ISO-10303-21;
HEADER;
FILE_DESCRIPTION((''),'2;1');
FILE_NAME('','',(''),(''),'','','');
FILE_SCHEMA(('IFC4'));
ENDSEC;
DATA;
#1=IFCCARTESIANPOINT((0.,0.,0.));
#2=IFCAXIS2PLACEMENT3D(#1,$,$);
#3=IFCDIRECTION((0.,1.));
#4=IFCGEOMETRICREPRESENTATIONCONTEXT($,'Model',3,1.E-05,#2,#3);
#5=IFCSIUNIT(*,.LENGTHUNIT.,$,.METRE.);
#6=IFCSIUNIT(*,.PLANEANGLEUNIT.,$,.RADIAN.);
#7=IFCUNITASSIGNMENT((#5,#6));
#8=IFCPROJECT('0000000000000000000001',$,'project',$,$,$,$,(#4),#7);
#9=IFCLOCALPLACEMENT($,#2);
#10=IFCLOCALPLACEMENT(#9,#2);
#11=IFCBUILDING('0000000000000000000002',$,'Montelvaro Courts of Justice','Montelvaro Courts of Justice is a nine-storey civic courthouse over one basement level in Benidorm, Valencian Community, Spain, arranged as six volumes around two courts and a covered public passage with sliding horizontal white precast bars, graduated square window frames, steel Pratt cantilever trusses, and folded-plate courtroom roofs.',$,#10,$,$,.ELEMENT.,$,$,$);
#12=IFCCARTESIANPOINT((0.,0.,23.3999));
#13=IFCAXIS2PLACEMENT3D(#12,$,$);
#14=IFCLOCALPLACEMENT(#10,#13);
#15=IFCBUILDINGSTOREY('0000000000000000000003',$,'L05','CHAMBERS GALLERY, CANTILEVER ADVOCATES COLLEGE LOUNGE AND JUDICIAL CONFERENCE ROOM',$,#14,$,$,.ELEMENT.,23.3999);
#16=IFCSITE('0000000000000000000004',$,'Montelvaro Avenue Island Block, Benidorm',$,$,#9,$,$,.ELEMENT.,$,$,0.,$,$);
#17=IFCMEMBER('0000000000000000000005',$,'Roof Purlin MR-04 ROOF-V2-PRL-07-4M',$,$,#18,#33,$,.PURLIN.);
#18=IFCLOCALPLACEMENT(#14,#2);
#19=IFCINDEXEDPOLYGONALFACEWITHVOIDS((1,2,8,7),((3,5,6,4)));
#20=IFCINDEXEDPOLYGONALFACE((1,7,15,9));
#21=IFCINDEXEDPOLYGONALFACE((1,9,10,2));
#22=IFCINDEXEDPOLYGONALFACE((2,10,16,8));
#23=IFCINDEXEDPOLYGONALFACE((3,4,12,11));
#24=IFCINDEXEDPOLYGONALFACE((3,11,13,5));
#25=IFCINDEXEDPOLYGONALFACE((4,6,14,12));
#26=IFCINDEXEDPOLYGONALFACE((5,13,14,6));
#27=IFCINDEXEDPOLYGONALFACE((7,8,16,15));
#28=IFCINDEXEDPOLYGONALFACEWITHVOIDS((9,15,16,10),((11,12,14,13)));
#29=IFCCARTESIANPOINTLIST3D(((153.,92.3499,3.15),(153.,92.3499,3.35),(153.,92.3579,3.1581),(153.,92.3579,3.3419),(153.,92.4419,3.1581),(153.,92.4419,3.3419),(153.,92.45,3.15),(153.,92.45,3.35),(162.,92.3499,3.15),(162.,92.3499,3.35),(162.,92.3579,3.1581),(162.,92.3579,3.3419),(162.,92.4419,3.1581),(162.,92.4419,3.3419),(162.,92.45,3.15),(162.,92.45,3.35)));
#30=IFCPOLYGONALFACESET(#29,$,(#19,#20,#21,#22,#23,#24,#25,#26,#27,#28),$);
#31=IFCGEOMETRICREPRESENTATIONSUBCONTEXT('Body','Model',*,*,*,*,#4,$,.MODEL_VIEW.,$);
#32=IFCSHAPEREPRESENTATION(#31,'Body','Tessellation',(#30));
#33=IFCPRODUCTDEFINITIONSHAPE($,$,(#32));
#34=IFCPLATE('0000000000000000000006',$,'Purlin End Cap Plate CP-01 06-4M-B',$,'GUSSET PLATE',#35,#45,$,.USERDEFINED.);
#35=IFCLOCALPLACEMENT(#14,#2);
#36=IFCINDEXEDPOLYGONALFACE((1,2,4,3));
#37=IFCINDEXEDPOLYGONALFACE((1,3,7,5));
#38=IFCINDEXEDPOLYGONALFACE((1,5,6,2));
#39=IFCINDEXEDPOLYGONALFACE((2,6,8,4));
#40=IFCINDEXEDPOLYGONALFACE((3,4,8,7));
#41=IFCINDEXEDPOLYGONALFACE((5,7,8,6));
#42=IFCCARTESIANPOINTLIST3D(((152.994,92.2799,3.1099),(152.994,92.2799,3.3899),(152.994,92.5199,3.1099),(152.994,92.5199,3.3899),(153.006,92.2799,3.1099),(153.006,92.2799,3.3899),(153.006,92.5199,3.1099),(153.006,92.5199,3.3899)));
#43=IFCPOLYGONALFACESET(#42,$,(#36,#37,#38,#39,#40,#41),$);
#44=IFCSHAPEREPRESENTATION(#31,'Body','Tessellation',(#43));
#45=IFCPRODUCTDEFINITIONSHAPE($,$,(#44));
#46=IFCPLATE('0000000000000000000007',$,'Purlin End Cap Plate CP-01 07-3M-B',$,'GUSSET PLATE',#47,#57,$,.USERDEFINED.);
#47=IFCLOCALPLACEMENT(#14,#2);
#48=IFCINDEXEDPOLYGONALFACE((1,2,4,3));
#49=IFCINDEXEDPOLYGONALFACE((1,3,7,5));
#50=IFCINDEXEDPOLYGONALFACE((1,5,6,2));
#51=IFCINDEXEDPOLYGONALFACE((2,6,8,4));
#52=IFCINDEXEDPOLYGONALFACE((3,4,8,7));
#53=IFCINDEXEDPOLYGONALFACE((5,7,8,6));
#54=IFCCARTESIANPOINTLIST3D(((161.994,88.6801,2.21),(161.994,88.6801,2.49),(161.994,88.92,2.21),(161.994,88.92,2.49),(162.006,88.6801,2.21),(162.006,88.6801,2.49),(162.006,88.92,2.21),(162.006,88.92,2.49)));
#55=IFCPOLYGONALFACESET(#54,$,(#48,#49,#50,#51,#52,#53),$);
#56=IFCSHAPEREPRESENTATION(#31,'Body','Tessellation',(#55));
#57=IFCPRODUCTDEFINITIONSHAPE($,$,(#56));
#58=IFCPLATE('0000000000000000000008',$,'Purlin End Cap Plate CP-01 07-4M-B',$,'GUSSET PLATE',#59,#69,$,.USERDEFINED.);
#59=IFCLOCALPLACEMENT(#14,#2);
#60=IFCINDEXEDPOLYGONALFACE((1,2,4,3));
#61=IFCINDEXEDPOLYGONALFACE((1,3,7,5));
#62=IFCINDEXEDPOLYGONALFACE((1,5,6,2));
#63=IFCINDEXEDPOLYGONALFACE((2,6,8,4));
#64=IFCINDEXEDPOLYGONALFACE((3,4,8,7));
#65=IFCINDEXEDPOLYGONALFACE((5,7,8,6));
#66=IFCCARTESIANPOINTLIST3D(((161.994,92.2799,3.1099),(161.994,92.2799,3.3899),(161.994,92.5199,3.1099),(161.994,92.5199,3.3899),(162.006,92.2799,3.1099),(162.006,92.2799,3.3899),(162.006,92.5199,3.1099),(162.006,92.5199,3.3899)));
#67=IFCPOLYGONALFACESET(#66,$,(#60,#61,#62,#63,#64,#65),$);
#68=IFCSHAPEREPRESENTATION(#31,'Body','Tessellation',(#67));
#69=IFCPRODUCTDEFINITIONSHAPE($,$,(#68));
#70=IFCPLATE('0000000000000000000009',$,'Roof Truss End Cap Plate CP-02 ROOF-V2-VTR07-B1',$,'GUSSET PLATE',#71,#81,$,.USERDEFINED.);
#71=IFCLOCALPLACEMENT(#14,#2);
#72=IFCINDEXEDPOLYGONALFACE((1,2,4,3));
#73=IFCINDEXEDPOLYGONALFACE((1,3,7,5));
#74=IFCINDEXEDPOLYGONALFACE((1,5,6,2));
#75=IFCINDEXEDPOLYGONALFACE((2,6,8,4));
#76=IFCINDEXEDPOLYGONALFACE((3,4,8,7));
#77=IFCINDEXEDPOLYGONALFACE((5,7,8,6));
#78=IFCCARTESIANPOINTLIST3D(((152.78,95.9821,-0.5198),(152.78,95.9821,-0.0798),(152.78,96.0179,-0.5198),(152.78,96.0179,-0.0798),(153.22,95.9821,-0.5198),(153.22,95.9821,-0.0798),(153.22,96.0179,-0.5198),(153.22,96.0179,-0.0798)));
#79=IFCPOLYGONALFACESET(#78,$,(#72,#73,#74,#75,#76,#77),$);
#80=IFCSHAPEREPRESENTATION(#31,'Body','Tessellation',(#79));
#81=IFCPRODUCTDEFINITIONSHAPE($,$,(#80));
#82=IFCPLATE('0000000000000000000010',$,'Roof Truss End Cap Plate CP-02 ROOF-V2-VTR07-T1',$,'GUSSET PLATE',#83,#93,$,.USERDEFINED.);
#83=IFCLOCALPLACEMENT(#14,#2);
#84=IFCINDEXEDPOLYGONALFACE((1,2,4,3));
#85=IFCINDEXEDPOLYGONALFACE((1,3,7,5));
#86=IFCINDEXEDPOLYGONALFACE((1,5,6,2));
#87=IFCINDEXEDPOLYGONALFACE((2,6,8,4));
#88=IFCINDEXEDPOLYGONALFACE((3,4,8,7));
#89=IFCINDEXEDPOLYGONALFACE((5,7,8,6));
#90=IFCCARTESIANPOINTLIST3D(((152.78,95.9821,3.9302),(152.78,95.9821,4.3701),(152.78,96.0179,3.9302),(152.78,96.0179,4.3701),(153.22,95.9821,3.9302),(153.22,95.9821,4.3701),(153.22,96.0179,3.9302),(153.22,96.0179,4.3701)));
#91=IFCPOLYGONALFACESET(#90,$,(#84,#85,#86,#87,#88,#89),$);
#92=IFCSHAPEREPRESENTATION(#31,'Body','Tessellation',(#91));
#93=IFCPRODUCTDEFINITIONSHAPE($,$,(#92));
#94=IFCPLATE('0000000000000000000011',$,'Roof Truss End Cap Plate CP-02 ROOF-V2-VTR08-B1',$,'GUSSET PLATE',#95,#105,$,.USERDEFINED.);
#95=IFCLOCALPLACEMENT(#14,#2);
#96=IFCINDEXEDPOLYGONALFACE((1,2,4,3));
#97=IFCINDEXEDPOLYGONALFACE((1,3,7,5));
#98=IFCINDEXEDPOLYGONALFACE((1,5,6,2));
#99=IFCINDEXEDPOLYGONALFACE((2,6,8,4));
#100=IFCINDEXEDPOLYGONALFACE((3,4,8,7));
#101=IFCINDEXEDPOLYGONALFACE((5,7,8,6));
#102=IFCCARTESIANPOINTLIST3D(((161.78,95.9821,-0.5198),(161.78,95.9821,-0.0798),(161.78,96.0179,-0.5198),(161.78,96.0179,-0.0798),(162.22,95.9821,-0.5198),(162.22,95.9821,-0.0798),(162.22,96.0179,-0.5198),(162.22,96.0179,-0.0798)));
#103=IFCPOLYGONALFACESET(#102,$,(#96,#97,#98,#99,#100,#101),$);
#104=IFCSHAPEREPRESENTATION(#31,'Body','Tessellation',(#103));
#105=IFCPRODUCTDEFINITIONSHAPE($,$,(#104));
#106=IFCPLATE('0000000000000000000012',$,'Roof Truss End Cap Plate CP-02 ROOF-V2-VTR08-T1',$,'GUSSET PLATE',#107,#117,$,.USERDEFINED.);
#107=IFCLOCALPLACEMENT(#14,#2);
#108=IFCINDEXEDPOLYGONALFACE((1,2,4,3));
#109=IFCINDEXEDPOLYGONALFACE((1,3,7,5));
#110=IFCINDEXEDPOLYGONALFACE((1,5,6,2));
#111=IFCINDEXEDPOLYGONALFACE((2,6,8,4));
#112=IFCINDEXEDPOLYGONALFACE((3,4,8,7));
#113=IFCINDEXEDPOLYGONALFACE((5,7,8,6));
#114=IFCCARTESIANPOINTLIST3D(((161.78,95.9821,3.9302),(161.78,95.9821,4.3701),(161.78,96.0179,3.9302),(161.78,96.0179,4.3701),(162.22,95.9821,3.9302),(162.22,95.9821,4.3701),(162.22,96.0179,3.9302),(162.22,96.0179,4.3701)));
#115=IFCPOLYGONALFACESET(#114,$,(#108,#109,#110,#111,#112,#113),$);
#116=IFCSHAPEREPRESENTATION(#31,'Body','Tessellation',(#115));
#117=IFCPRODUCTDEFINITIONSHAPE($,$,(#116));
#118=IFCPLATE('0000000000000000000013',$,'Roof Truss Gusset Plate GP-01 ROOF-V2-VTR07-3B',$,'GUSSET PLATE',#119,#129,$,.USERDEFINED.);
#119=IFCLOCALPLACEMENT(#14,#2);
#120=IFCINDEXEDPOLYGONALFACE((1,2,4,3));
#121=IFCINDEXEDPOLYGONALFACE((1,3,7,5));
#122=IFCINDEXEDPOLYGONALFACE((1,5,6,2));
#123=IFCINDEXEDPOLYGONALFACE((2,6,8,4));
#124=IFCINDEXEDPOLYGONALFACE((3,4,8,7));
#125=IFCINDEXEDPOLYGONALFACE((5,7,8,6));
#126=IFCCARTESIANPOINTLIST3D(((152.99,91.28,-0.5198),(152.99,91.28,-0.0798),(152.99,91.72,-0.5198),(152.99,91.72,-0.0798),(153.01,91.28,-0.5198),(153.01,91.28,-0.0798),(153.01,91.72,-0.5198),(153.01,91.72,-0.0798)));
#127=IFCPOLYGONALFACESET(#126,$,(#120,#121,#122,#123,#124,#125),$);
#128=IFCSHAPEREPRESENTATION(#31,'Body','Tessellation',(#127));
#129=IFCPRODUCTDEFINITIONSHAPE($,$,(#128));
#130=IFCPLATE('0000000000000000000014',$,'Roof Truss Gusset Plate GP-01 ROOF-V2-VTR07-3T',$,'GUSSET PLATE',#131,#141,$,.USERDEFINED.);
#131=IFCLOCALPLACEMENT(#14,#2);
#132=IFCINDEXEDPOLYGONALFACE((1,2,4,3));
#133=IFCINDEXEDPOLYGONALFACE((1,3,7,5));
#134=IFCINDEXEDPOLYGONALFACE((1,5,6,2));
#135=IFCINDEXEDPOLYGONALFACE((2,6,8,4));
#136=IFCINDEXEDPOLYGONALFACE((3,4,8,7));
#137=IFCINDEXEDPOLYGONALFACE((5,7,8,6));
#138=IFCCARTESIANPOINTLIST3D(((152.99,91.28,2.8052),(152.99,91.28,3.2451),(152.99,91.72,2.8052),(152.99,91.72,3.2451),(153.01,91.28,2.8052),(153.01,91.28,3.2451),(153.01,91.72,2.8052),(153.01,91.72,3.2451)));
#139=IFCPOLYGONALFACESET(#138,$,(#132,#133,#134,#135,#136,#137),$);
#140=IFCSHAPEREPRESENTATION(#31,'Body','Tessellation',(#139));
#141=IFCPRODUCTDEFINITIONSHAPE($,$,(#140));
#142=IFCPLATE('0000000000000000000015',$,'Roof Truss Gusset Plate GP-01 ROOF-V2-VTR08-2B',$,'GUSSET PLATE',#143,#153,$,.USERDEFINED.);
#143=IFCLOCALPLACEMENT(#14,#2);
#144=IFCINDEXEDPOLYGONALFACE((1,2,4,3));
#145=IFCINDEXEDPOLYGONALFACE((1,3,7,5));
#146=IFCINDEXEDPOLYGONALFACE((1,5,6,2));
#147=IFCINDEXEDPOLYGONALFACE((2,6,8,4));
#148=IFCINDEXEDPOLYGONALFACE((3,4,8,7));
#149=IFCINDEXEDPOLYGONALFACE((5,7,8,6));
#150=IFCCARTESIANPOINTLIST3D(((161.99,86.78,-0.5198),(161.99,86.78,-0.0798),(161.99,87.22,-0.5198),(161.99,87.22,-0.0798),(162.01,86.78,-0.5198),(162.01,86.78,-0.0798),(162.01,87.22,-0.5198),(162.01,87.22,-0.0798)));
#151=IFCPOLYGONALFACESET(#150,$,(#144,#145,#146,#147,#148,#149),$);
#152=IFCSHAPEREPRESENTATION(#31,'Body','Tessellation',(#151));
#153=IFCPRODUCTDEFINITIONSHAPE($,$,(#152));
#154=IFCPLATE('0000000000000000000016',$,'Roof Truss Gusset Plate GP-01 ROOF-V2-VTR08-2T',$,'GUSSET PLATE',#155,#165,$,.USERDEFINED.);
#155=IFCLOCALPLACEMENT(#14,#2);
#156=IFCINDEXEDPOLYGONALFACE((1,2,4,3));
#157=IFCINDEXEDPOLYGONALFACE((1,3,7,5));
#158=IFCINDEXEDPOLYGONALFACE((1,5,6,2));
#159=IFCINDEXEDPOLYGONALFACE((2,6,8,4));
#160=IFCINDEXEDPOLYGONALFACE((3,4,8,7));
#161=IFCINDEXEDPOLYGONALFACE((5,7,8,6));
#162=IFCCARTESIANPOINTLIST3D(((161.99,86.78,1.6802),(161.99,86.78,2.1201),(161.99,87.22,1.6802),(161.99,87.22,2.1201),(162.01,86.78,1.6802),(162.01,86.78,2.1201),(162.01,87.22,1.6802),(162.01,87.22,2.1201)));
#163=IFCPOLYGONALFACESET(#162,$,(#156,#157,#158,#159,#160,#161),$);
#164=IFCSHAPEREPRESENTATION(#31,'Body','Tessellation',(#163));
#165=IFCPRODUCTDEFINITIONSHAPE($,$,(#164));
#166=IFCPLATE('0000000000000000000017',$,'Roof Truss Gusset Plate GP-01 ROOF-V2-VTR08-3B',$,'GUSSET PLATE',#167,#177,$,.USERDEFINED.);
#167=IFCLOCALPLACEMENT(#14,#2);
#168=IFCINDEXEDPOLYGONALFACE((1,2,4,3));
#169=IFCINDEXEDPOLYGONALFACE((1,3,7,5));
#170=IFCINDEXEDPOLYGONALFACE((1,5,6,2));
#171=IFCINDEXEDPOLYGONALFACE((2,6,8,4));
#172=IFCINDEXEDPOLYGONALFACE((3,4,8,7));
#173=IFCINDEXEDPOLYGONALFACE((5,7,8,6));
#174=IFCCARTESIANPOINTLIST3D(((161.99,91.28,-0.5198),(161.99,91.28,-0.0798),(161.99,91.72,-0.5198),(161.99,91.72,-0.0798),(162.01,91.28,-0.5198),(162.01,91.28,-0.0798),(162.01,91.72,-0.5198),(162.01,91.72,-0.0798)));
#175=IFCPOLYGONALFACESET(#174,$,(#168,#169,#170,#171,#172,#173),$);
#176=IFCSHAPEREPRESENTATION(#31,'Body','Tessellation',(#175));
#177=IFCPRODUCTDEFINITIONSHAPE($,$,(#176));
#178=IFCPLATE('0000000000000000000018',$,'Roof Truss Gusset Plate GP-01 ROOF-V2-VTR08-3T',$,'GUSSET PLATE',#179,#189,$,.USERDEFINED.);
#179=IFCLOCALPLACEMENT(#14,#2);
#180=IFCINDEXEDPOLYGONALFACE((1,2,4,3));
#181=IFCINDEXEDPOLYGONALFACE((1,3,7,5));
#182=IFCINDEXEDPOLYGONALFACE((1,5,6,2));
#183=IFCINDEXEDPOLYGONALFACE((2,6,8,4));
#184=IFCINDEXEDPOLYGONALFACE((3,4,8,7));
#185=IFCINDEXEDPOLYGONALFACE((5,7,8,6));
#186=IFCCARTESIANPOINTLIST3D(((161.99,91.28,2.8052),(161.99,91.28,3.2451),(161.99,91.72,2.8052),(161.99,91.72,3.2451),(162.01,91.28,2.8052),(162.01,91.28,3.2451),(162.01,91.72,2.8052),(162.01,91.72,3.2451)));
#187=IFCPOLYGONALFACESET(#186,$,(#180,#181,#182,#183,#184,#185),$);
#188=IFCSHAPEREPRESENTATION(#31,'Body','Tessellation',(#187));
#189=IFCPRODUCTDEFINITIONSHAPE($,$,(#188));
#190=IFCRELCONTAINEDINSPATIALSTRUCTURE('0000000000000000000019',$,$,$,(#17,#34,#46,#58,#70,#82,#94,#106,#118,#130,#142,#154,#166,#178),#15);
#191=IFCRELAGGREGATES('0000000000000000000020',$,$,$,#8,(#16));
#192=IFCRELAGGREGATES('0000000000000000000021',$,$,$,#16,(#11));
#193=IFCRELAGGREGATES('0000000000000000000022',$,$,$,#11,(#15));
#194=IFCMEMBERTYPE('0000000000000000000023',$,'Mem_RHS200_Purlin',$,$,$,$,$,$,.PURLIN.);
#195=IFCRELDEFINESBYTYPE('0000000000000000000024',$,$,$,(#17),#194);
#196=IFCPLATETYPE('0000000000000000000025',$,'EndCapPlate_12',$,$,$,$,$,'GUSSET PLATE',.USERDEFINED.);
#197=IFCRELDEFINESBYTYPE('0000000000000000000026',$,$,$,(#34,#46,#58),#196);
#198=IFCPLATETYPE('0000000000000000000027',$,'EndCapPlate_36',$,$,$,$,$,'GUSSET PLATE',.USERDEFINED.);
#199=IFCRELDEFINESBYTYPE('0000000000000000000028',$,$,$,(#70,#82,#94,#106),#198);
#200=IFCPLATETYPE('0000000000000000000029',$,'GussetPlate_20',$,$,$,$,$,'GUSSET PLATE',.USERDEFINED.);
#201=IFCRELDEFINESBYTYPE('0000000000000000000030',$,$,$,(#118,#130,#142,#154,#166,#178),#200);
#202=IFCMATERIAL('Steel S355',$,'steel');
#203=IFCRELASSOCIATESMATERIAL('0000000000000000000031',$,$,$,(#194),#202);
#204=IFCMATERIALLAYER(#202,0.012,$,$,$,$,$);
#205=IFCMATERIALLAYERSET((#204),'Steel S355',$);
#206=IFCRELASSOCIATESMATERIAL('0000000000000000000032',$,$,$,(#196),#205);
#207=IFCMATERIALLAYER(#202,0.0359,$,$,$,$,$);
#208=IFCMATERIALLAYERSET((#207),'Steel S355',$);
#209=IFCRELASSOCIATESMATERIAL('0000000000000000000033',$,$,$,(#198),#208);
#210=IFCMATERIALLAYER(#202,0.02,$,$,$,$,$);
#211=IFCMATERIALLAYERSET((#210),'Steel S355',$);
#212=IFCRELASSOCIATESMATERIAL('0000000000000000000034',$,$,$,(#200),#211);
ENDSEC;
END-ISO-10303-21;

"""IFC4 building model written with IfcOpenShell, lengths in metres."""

from ifc_helpers import new_model, si_unit, direction, frame, origin, origin_2d, place, context, subcontext, project, spatial, rectangle, hollow_rectangle, extrude, material, layer, layer_set, material_profile, profile_set, type_object, element, save


model = new_model("IFC4")

# Units and contexts
model_context = context("Model", 3, precision=1e-05, world=origin(), true_north=direction((0.0, 1.0)))
body_context = subcontext(model_context, "Body", "Model", "MODEL_VIEW")
ifc_project = project(units=[si_unit("LENGTHUNIT", "METRE"), si_unit("PLANEANGLEUNIT", "RADIAN")], contexts=[model_context])

# Site, building, storey
site_placement = place(None, origin())
site = spatial("IfcSite", under=ifc_project, at=site_placement, Name="Montelvaro Avenue Island Block, Benidorm", CompositionType="ELEMENT", RefElevation=0.0)
building_placement = place(site_placement, origin())
building = spatial("IfcBuilding", under=site, at=building_placement, Name="Montelvaro Courts of Justice", Description="Montelvaro Courts of Justice is a nine-storey civic courthouse over one basement level in Benidorm, Valencian Community, Spain, arranged as six volumes around two courts and a covered public passage with sliding horizontal white precast bars, graduated square window frames, steel Pratt cantilever trusses, and folded-plate courtroom roofs.", CompositionType="ELEMENT")
storey_placement = place(building_placement, frame((0.0, 0.0, 23.3999)))
storey = spatial("IfcBuildingStorey", under=building, at=storey_placement, Name="L05", Description="CHAMBERS GALLERY, CANTILEVER ADVOCATES COLLEGE LOUNGE AND JUDICIAL CONFERENCE ROOM", CompositionType="ELEMENT", Elevation=23.3999)

# Member
ifc_material = material(Name="Steel S355", Category="steel")
ifc_material_profile_1 = material_profile(ifc_material, hollow_rectangle(XDim=0.1001, YDim=0.2, WallThickness=0.0081, at=origin_2d()), Name="RHS 200x100x8")
ifc_profile_set_1 = profile_set([ifc_material_profile_1], Name="Steel S355")
member_type_1 = type_object("IfcMemberType", Name="Mem_RHS200_Purlin", PredefinedType="PURLIN", material=ifc_profile_set_1)
member_1_placement = place(storey_placement, frame((153.0, 92.3999, 3.25), z_axis=(1.0, 0.0, 0.0), x_axis=(0.0, 1.0, 0.0)))
element("IfcMember", 1, at=member_1_placement, inside=storey, type_object=member_type_1, Name="Roof Purlin MR-04 ROOF-V2-PRL-07-4M", PredefinedType="PURLIN", context=body_context, shape_type="SweptSolid", body=[
    extrude(hollow_rectangle(XDim=0.1001, YDim=0.2, WallThickness=0.0081, at=origin_2d()), origin(), (0.0, 0.0, 1.0), 9.0),
])

# Plates
ifc_layer_1 = layer(ifc_material, 0.012)
ifc_layer_set_1 = layer_set([ifc_layer_1], Name="Steel S355")
plate_type_1 = type_object("IfcPlateType", Name="EndCapPlate_12", ElementType="GUSSET PLATE", PredefinedType="USERDEFINED", material=ifc_layer_set_1)
for number, where, z_axis, x_axis, name in (
    (2, (153.0, 92.3999, 3.1099), (0.0, 0.0, 1.0), (1.0, 0.0, 0.0), "Purlin End Cap Plate CP-01 06-4M-B"),
    (3, (162.0, 88.8, 2.21), (0.0, 0.0, 1.0), (1.0, 0.0, 0.0), "Purlin End Cap Plate CP-01 07-3M-B"),
    (4, (162.0, 92.3999, 3.1099), (0.0, 0.0, 1.0), (1.0, 0.0, 0.0), "Purlin End Cap Plate CP-01 07-4M-B"),
):
    element("IfcPlate", number, at=place(storey_placement, frame(where, z_axis=z_axis, x_axis=x_axis)), inside=storey, type_object=plate_type_1, Name=name, ObjectType="GUSSET PLATE", PredefinedType="USERDEFINED", context=body_context, shape_type="SweptSolid", body=[
        extrude(rectangle(XDim=0.012, YDim=0.24, at=origin_2d()), origin(), (0.0, 0.0, 1.0), 0.28),
    ])
ifc_layer_2 = layer(ifc_material, 0.0359)
ifc_layer_set_2 = layer_set([ifc_layer_2], Name="Steel S355")
plate_type_2 = type_object("IfcPlateType", Name="EndCapPlate_36", ElementType="GUSSET PLATE", PredefinedType="USERDEFINED", material=ifc_layer_set_2)
for number, where, z_axis, x_axis, name in (
    (5, (153.0, 96.0, -0.5198), (0.0, 0.0, 1.0), (1.0, 0.0, 0.0), "Roof Truss End Cap Plate CP-02 ROOF-V2-VTR07-B1"),
    (6, (153.0, 96.0, 3.9302), (0.0, 0.0, 1.0), (1.0, 0.0, 0.0), "Roof Truss End Cap Plate CP-02 ROOF-V2-VTR07-T1"),
    (7, (162.0, 96.0, -0.5198), (0.0, 0.0, 1.0), (1.0, 0.0, 0.0), "Roof Truss End Cap Plate CP-02 ROOF-V2-VTR08-B1"),
    (8, (162.0, 96.0, 3.9302), (0.0, 0.0, 1.0), (1.0, 0.0, 0.0), "Roof Truss End Cap Plate CP-02 ROOF-V2-VTR08-T1"),
):
    element("IfcPlate", number, at=place(storey_placement, frame(where, z_axis=z_axis, x_axis=x_axis)), inside=storey, type_object=plate_type_2, Name=name, ObjectType="GUSSET PLATE", PredefinedType="USERDEFINED", context=body_context, shape_type="SweptSolid", body=[
        extrude(rectangle(XDim=0.4399, YDim=0.0359, at=origin_2d()), origin(), (0.0, 0.0, 1.0), 0.4399),
    ])
ifc_layer_3 = layer(ifc_material, 0.02)
ifc_layer_set_3 = layer_set([ifc_layer_3], Name="Steel S355")
plate_type_3 = type_object("IfcPlateType", Name="GussetPlate_20", ElementType="GUSSET PLATE", PredefinedType="USERDEFINED", material=ifc_layer_set_3)
for number, where, z_axis, x_axis, name in (
    (9, (153.0, 91.5, -0.5198), (0.0, 0.0, 1.0), (1.0, 0.0, 0.0), "Roof Truss Gusset Plate GP-01 ROOF-V2-VTR07-3B"),
    (10, (153.0, 91.5, 2.8052), (0.0, 0.0, 1.0), (1.0, 0.0, 0.0), "Roof Truss Gusset Plate GP-01 ROOF-V2-VTR07-3T"),
    (11, (162.0, 87.0, -0.5198), (0.0, 0.0, 1.0), (1.0, 0.0, 0.0), "Roof Truss Gusset Plate GP-01 ROOF-V2-VTR08-2B"),
    (12, (162.0, 87.0, 1.6802), (0.0, 0.0, 1.0), (1.0, 0.0, 0.0), "Roof Truss Gusset Plate GP-01 ROOF-V2-VTR08-2T"),
    (13, (162.0, 91.5, -0.5198), (0.0, 0.0, 1.0), (1.0, 0.0, 0.0), "Roof Truss Gusset Plate GP-01 ROOF-V2-VTR08-3B"),
    (14, (162.0, 91.5, 2.8052), (0.0, 0.0, 1.0), (1.0, 0.0, 0.0), "Roof Truss Gusset Plate GP-01 ROOF-V2-VTR08-3T"),
):
    element("IfcPlate", number, at=place(storey_placement, frame(where, z_axis=z_axis, x_axis=x_axis)), inside=storey, type_object=plate_type_3, Name=name, ObjectType="GUSSET PLATE", PredefinedType="USERDEFINED", context=body_context, shape_type="SweptSolid", body=[
        extrude(rectangle(XDim=0.02, YDim=0.4399, at=origin_2d()), origin(), (0.0, 0.0, 1.0), 0.4399),
    ])

save(model, "model.ifc")
